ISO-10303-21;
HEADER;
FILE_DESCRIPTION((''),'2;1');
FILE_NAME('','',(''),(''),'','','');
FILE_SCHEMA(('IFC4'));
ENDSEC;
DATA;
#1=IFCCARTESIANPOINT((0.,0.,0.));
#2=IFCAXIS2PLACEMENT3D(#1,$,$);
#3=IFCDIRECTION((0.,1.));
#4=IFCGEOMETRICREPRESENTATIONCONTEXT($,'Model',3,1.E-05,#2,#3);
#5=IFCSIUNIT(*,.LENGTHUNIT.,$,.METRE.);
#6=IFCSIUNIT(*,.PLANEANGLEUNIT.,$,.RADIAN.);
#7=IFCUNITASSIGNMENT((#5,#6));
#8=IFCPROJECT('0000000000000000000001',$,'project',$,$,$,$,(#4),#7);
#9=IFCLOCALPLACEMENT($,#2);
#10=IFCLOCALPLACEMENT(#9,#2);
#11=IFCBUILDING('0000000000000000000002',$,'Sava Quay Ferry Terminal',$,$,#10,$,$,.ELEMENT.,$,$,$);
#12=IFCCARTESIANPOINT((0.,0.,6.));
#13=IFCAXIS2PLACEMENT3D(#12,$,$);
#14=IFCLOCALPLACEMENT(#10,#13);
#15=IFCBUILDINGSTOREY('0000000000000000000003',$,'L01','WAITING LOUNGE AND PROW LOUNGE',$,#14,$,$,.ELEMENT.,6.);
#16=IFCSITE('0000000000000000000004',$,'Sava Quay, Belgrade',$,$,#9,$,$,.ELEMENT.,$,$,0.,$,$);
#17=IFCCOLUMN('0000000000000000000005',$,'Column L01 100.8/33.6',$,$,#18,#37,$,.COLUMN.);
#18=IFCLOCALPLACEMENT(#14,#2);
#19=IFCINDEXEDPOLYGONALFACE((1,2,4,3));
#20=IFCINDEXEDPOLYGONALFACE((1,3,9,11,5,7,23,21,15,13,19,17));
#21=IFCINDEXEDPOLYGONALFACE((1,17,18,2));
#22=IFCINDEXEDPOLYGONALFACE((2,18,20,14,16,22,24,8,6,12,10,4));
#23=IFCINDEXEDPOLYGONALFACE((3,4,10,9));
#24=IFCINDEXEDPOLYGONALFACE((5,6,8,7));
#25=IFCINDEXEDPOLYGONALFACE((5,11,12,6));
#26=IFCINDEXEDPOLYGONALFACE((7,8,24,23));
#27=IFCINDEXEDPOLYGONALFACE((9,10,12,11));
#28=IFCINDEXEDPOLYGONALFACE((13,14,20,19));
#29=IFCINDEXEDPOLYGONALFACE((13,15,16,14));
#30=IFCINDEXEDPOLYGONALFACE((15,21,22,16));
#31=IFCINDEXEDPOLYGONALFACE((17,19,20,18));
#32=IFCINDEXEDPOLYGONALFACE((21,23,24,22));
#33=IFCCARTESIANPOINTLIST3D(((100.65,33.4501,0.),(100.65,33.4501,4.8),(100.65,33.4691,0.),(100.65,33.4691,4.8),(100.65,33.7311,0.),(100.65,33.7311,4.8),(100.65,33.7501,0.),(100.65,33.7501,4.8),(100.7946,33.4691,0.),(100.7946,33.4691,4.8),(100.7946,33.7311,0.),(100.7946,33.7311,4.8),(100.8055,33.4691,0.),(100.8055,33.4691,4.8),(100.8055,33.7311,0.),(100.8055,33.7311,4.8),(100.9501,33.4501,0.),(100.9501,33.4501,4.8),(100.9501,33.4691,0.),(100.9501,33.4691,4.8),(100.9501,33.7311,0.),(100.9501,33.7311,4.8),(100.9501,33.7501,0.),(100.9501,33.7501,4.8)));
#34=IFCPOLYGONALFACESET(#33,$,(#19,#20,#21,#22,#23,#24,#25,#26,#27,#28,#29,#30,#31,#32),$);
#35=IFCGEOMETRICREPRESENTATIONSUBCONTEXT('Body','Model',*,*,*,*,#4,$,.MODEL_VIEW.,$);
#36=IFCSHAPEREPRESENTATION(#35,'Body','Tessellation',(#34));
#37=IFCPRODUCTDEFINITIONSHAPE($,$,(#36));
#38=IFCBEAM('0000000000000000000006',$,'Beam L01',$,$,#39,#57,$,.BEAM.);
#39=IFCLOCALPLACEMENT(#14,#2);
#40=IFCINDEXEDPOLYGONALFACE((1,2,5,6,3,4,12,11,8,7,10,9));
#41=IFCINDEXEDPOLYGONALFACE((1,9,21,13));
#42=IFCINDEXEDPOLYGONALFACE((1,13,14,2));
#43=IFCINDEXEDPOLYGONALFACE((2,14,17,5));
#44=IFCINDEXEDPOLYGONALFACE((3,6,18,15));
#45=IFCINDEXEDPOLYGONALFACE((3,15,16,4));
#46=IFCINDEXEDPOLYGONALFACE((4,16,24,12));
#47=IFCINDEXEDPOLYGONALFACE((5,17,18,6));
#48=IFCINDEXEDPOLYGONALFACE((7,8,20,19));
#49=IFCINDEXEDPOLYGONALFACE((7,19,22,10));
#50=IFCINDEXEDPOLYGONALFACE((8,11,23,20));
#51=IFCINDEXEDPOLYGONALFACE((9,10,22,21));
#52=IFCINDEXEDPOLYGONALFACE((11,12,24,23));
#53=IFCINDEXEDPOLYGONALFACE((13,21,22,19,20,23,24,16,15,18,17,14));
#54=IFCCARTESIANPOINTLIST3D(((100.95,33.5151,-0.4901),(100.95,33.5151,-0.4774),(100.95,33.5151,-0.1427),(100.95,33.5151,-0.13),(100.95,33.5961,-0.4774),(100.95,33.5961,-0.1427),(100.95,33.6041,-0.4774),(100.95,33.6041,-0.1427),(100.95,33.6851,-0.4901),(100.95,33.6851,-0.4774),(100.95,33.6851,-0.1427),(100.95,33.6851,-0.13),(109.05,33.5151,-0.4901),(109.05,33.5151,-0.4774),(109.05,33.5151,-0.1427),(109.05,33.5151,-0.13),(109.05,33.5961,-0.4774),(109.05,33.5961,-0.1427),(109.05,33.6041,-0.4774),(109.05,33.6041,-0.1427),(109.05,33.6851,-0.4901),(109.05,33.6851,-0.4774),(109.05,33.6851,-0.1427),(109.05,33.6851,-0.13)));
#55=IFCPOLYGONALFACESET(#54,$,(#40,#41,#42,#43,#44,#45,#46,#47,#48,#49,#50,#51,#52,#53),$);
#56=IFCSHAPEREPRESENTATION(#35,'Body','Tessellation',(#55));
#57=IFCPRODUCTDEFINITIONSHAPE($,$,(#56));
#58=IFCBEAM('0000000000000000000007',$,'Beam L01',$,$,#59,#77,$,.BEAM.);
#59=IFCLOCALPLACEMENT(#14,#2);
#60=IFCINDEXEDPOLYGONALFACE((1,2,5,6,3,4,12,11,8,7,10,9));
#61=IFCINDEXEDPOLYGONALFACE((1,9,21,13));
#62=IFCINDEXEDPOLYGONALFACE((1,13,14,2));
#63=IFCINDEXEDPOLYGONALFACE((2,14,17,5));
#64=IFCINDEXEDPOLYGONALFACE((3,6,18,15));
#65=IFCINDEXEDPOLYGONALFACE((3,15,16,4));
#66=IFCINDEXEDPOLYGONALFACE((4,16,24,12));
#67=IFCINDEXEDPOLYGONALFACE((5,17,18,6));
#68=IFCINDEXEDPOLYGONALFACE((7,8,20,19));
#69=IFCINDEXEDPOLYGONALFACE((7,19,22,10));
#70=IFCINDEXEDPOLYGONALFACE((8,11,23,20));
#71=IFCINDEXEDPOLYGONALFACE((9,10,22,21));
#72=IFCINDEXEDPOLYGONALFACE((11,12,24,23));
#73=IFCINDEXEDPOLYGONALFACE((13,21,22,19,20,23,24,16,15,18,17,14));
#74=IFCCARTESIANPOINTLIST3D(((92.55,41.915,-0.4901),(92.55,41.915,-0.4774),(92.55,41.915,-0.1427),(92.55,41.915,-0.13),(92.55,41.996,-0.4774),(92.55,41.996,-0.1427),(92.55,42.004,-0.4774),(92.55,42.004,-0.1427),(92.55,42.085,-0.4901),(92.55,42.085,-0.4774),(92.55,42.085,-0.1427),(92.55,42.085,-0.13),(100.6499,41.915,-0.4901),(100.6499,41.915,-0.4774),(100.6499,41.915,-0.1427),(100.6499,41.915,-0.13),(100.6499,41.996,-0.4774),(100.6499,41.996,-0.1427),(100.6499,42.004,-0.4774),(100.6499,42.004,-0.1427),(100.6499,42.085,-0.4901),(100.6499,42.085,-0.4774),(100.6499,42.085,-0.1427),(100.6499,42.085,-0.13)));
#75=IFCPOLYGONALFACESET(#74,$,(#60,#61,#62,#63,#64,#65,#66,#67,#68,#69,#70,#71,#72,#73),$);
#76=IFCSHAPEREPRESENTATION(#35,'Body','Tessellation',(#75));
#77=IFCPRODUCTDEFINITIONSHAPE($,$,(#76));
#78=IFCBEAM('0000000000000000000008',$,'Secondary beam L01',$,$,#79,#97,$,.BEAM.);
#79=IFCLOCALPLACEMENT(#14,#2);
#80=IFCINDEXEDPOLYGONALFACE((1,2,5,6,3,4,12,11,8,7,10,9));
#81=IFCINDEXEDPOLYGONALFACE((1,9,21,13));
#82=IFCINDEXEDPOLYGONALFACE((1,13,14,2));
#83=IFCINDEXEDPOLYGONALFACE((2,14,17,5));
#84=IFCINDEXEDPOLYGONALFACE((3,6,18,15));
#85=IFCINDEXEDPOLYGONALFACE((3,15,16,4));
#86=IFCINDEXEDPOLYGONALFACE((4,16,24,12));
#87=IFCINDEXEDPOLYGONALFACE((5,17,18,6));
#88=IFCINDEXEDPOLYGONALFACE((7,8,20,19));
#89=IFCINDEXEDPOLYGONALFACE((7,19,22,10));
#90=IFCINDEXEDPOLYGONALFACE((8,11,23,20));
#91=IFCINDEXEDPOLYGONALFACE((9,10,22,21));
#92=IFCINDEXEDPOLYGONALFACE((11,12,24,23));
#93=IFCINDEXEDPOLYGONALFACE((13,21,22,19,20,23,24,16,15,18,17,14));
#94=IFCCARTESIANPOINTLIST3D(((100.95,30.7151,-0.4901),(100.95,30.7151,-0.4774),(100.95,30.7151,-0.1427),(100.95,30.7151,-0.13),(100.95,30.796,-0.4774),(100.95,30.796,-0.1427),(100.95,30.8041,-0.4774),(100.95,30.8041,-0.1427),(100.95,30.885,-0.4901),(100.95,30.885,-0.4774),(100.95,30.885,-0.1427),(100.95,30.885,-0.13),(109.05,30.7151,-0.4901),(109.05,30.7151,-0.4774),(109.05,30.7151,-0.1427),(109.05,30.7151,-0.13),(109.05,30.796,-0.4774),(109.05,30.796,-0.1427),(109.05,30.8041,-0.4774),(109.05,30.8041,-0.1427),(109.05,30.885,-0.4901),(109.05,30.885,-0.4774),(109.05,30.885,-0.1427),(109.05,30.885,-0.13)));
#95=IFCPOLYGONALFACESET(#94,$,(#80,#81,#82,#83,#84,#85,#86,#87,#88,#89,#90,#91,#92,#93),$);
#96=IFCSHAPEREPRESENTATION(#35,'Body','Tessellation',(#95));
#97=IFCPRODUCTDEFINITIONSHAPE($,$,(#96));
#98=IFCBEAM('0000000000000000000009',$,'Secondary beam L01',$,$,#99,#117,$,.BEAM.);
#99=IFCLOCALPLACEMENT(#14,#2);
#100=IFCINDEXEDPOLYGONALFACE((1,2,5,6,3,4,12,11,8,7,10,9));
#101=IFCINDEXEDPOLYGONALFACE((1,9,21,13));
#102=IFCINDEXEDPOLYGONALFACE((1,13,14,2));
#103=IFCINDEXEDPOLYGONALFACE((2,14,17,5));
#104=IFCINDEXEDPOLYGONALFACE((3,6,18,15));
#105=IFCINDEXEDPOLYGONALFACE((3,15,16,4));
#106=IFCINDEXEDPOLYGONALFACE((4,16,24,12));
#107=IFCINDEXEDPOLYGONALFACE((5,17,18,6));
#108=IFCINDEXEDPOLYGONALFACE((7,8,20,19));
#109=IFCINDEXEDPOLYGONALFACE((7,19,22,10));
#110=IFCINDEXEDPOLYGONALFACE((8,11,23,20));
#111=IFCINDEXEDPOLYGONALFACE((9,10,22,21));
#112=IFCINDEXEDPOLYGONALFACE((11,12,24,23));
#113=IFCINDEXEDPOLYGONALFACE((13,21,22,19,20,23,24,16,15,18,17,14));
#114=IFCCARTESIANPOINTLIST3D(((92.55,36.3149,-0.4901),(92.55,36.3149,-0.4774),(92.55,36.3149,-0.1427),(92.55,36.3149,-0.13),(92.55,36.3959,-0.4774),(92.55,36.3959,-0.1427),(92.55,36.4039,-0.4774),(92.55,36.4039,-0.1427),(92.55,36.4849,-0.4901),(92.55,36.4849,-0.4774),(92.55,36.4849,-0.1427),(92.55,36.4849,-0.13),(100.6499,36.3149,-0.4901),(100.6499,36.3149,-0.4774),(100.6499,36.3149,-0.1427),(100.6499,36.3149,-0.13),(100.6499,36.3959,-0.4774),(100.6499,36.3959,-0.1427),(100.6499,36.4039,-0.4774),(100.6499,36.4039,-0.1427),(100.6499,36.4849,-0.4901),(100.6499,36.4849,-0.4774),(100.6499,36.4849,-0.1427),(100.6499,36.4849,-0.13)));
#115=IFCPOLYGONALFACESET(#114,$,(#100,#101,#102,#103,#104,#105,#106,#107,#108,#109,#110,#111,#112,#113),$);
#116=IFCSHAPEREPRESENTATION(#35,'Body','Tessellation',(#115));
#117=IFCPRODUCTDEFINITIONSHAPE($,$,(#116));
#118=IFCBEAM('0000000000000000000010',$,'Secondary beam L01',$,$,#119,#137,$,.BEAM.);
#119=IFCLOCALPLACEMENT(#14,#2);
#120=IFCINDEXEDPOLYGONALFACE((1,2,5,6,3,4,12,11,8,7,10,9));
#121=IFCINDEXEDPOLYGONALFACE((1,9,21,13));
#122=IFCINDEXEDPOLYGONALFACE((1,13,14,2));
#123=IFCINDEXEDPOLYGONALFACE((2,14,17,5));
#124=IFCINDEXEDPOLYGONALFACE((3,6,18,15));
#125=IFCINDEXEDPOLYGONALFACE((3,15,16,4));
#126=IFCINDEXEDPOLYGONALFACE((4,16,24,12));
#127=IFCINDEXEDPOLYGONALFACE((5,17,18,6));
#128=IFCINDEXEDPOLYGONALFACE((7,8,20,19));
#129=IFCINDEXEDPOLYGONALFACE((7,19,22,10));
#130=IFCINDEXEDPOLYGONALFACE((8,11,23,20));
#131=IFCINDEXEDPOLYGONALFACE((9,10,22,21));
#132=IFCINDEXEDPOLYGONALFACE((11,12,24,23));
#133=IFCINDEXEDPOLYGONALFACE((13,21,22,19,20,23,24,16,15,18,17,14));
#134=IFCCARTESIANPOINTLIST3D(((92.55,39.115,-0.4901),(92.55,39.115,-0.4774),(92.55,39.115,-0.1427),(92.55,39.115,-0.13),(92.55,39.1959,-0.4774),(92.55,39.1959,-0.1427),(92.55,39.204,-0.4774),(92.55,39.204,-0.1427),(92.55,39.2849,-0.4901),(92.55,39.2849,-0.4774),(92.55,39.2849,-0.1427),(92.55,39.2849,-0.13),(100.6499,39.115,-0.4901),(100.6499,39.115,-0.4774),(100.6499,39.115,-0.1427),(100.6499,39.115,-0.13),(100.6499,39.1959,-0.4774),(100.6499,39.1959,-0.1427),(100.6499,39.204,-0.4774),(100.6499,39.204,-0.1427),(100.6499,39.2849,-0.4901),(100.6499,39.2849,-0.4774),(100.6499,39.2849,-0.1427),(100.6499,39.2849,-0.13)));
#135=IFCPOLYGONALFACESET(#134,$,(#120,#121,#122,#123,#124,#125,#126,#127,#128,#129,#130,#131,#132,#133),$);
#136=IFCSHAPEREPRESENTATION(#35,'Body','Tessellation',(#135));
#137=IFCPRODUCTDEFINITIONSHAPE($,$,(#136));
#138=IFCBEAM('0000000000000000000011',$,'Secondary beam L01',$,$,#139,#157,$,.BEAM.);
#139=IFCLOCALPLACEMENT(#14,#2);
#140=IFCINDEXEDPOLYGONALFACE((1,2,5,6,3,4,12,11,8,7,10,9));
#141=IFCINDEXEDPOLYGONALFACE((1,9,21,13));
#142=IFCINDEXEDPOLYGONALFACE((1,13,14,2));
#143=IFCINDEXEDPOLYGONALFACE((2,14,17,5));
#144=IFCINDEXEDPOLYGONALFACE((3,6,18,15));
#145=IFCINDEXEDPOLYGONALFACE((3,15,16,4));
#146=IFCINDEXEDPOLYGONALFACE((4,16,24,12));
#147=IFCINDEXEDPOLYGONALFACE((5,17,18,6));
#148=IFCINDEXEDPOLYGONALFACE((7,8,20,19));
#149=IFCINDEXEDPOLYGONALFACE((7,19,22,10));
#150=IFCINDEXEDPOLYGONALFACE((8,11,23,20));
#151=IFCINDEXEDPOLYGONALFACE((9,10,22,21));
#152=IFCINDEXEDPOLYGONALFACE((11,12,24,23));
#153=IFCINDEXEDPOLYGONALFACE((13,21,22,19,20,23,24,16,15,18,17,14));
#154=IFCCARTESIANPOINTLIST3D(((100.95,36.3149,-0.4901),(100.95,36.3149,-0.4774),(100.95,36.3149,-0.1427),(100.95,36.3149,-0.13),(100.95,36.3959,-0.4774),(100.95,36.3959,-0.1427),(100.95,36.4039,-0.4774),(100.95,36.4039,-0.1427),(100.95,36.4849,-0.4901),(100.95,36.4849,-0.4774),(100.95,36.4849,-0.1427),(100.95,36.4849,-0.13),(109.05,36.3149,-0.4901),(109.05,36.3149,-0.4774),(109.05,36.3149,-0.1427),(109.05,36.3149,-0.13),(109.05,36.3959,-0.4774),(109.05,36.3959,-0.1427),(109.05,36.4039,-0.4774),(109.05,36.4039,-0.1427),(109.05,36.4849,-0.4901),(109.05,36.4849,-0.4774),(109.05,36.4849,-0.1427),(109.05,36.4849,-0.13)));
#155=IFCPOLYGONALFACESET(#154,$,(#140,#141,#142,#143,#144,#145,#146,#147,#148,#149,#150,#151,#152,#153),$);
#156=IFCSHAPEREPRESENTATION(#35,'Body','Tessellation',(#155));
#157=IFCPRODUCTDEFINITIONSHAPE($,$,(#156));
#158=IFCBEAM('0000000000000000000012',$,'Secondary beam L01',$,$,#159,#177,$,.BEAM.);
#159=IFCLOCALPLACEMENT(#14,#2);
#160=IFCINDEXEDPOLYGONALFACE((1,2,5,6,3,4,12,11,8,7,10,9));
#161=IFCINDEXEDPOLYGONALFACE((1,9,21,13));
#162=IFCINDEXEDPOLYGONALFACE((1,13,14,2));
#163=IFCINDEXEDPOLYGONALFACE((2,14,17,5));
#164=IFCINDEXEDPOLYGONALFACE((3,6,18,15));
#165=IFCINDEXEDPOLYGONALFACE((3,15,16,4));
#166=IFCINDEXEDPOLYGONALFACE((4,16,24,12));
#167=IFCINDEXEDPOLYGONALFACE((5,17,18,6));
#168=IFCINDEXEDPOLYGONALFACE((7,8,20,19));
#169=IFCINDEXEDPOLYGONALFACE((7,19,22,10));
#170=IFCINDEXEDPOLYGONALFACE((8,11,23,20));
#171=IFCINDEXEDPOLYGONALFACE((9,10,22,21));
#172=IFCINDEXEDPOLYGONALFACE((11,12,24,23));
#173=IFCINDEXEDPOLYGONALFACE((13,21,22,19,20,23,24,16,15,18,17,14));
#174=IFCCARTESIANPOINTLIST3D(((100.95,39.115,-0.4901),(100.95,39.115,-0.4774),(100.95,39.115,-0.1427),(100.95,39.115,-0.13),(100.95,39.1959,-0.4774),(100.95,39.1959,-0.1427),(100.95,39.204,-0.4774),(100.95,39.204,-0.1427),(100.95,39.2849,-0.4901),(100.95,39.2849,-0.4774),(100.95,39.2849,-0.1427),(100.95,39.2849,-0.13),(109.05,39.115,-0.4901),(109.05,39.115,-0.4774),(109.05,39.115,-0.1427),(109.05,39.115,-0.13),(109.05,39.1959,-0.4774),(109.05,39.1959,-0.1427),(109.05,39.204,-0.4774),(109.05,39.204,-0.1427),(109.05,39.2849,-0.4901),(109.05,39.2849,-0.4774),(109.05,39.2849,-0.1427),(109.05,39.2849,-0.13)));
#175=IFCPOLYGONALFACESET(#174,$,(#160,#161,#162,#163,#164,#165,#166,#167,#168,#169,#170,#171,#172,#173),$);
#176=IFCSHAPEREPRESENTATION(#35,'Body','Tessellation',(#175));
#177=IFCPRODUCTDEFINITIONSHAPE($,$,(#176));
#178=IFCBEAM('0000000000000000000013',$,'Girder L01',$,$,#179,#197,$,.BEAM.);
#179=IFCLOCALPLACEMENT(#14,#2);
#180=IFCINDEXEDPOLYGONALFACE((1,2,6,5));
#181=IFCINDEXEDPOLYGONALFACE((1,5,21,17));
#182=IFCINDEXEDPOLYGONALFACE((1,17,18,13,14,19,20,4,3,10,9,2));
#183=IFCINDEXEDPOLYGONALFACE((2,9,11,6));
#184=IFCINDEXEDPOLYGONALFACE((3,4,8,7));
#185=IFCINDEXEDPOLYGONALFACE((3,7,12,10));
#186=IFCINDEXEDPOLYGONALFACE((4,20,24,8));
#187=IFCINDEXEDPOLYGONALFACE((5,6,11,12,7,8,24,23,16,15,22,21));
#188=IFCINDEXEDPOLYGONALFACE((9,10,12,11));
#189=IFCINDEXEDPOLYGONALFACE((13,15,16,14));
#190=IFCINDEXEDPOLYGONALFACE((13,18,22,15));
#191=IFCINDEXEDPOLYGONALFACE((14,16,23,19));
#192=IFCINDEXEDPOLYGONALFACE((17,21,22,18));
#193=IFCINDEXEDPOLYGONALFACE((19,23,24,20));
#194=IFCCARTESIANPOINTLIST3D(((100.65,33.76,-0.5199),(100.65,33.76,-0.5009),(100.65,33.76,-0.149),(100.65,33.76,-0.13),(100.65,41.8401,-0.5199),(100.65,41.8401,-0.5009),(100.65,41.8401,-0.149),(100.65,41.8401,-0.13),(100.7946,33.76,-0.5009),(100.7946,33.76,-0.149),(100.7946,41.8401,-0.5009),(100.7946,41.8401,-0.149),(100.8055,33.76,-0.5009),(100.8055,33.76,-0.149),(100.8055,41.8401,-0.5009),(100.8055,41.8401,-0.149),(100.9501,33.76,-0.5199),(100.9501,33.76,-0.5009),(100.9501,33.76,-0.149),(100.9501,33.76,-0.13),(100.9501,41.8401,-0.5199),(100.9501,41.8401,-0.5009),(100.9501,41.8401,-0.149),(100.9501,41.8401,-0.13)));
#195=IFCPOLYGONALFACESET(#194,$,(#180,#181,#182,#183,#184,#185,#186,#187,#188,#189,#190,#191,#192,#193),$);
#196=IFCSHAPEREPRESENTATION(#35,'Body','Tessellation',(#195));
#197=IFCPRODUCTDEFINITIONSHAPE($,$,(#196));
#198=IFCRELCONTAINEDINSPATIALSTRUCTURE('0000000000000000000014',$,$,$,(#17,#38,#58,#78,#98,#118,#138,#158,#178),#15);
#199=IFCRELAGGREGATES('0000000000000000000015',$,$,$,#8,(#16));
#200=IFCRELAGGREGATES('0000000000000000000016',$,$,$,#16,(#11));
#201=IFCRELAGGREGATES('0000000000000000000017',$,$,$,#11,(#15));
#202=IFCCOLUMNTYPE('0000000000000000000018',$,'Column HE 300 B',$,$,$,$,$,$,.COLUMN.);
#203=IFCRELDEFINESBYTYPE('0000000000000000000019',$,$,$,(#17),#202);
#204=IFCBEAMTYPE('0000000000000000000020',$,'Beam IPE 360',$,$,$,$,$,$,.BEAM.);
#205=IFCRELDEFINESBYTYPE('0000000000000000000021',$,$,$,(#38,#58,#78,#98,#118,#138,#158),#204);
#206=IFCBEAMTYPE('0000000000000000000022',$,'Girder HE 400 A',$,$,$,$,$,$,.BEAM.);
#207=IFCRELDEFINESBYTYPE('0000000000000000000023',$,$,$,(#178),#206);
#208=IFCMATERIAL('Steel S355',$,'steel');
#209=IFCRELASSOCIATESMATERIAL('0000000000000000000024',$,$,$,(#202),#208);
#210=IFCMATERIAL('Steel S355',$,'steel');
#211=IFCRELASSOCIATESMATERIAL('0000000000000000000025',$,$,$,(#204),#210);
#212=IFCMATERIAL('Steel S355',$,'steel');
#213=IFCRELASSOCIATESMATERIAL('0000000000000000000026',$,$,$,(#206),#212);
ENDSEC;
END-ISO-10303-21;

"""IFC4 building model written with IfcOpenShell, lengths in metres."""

from ifc_helpers import new_model, si_unit, direction, frame, origin, origin_2d, place, context, subcontext, project, spatial, i_section, extrude, material, material_profile, profile_set, type_object, element, save


model = new_model("IFC4")

# Units and contexts
model_context = context("Model", 3, precision=1e-05, world=origin(), true_north=direction((0.0, 1.0)))
body_context = subcontext(model_context, "Body", "Model", "MODEL_VIEW")
ifc_project = project(units=[si_unit("LENGTHUNIT", "METRE"), si_unit("PLANEANGLEUNIT", "RADIAN")], contexts=[model_context])

# Site, building, storey
site_placement = place(None, origin())
site = spatial("IfcSite", under=ifc_project, at=site_placement, Name="Sava Quay, Belgrade", CompositionType="ELEMENT", RefElevation=0.0)
building_placement = place(site_placement, origin())
building = spatial("IfcBuilding", under=site, at=building_placement, Name="Sava Quay Ferry Terminal", CompositionType="ELEMENT")
storey_placement = place(building_placement, frame((0.0, 0.0, 6.0)))
storey = spatial("IfcBuildingStorey", under=building, at=storey_placement, Name="L01", Description="WAITING LOUNGE AND PROW LOUNGE", CompositionType="ELEMENT", Elevation=6.0)

# Column
ifc_material_1 = material(Name="Steel S355", Category="steel")
ifc_material_profile_1 = material_profile(ifc_material_1, i_section(OverallWidth=0.3, OverallDepth=0.3, WebThickness=0.011, FlangeThickness=0.019, at=origin_2d()), Name="HE 300 B")
ifc_profile_set_1 = profile_set([ifc_material_profile_1], Name="Steel S355")
column_type = type_object("IfcColumnType", Name="Column HE 300 B", PredefinedType="COLUMN", material=ifc_profile_set_1)
column_placement = place(storey_placement, frame((100.8, 33.6001, 0.0), z_axis=(0.0, 0.0, 1.0), x_axis=(1.0, 0.0, 0.0)))
element("IfcColumn", 1, at=column_placement, inside=storey, type_object=column_type, Name="Column L01 100.8/33.6", PredefinedType="COLUMN", context=body_context, shape_type="SweptSolid", body=[
    extrude(i_section(OverallWidth=0.3, OverallDepth=0.3, WebThickness=0.011, FlangeThickness=0.019, at=origin_2d()), origin(), (0.0, 0.0, 1.0), 4.8),
])

# Beams
ifc_material_2 = material(Name="Steel S355", Category="steel")
ifc_material_profile_2 = material_profile(ifc_material_2, i_section(OverallWidth=0.1699, OverallDepth=0.3601, WebThickness=0.0081, FlangeThickness=0.0127, at=origin_2d()), Name="IPE 360")
ifc_profile_set_2 = profile_set([ifc_material_profile_2], Name="Steel S355")
beam_type_1 = type_object("IfcBeamType", Name="Beam IPE 360", PredefinedType="BEAM", material=ifc_profile_set_2)
beam_1_placement = place(storey_placement, frame((100.95, 33.6001, -0.3101), z_axis=(1.0, 0.0, 0.0), x_axis=(0.0, 1.0, 0.0)))
element("IfcBeam", 2, at=beam_1_placement, inside=storey, type_object=beam_type_1, Name="Beam L01", PredefinedType="BEAM", context=body_context, shape_type="SweptSolid", body=[
    extrude(i_section(OverallWidth=0.1699, OverallDepth=0.3601, WebThickness=0.0081, FlangeThickness=0.0127, at=origin_2d()), origin(), (0.0, 0.0, 1.0), 8.1001),
])
beam_2_placement = place(storey_placement, frame((92.55, 42.0, -0.3101), z_axis=(1.0, 0.0, 0.0), x_axis=(0.0, 1.0, 0.0)))
element("IfcBeam", 3, at=beam_2_placement, inside=storey, type_object=beam_type_1, Name="Beam L01", PredefinedType="BEAM", context=body_context, shape_type="SweptSolid", body=[
    extrude(i_section(OverallWidth=0.1699, OverallDepth=0.3601, WebThickness=0.0081, FlangeThickness=0.0127, at=origin_2d()), origin(), (0.0, 0.0, 1.0), 8.0999),
])
beam_3_placement = place(storey_placement, frame((100.95, 30.8, -0.3101), z_axis=(1.0, 0.0, 0.0), x_axis=(0.0, 1.0, 0.0)))
element("IfcBeam", 4, at=beam_3_placement, inside=storey, type_object=beam_type_1, Name="Secondary beam L01", PredefinedType="BEAM", context=body_context, shape_type="SweptSolid", body=[
    extrude(i_section(OverallWidth=0.1699, OverallDepth=0.3601, WebThickness=0.0081, FlangeThickness=0.0127, at=origin_2d()), origin(), (0.0, 0.0, 1.0), 8.1001),
])
for number, where, z_axis, x_axis, name in (
    (5, (92.55, 36.3999, -0.3101), (1.0, 0.0, 0.0), (0.0, 1.0, 0.0), "Secondary beam L01"),
    (6, (92.55, 39.2, -0.3101), (1.0, 0.0, 0.0), (0.0, 1.0, 0.0), "Secondary beam L01"),
):
    element("IfcBeam", number, at=place(storey_placement, frame(where, z_axis=z_axis, x_axis=x_axis)), inside=storey, type_object=beam_type_1, Name=name, PredefinedType="BEAM", context=body_context, shape_type="SweptSolid", body=[
        extrude(i_section(OverallWidth=0.1699, OverallDepth=0.3601, WebThickness=0.0081, FlangeThickness=0.0127, at=origin_2d()), origin(), (0.0, 0.0, 1.0), 8.0999),
    ])
for number, where, z_axis, x_axis, name in (
    (7, (100.95, 36.3999, -0.3101), (1.0, 0.0, 0.0), (0.0, 1.0, 0.0), "Secondary beam L01"),
    (8, (100.95, 39.2, -0.3101), (1.0, 0.0, 0.0), (0.0, 1.0, 0.0), "Secondary beam L01"),
):
    element("IfcBeam", number, at=place(storey_placement, frame(where, z_axis=z_axis, x_axis=x_axis)), inside=storey, type_object=beam_type_1, Name=name, PredefinedType="BEAM", context=body_context, shape_type="SweptSolid", body=[
        extrude(i_section(OverallWidth=0.1699, OverallDepth=0.3601, WebThickness=0.0081, FlangeThickness=0.0127, at=origin_2d()), origin(), (0.0, 0.0, 1.0), 8.1001),
    ])
ifc_material_3 = material(Name="Steel S355", Category="steel")
ifc_material_profile_3 = material_profile(ifc_material_3, i_section(OverallWidth=0.3, OverallDepth=0.3899, WebThickness=0.011, FlangeThickness=0.019, at=origin_2d()), Name="HE 400 A")
ifc_profile_set_3 = profile_set([ifc_material_profile_3], Name="Steel S355")
beam_type_2 = type_object("IfcBeamType", Name="Girder HE 400 A", PredefinedType="BEAM", material=ifc_profile_set_3)
beam_4_placement = place(storey_placement, frame((100.8, 33.76, -0.325), z_axis=(0.0, 1.0, 0.0), x_axis=(-1.0, 0.0, 0.0)))
element("IfcBeam", 9, at=beam_4_placement, inside=storey, type_object=beam_type_2, Name="Girder L01", PredefinedType="BEAM", context=body_context, shape_type="SweptSolid", body=[
    extrude(i_section(OverallWidth=0.3, OverallDepth=0.3899, WebThickness=0.011, FlangeThickness=0.019, at=origin_2d()), origin(), (0.0, 0.0, 1.0), 8.0801),
])

save(model, "model.ifc")
